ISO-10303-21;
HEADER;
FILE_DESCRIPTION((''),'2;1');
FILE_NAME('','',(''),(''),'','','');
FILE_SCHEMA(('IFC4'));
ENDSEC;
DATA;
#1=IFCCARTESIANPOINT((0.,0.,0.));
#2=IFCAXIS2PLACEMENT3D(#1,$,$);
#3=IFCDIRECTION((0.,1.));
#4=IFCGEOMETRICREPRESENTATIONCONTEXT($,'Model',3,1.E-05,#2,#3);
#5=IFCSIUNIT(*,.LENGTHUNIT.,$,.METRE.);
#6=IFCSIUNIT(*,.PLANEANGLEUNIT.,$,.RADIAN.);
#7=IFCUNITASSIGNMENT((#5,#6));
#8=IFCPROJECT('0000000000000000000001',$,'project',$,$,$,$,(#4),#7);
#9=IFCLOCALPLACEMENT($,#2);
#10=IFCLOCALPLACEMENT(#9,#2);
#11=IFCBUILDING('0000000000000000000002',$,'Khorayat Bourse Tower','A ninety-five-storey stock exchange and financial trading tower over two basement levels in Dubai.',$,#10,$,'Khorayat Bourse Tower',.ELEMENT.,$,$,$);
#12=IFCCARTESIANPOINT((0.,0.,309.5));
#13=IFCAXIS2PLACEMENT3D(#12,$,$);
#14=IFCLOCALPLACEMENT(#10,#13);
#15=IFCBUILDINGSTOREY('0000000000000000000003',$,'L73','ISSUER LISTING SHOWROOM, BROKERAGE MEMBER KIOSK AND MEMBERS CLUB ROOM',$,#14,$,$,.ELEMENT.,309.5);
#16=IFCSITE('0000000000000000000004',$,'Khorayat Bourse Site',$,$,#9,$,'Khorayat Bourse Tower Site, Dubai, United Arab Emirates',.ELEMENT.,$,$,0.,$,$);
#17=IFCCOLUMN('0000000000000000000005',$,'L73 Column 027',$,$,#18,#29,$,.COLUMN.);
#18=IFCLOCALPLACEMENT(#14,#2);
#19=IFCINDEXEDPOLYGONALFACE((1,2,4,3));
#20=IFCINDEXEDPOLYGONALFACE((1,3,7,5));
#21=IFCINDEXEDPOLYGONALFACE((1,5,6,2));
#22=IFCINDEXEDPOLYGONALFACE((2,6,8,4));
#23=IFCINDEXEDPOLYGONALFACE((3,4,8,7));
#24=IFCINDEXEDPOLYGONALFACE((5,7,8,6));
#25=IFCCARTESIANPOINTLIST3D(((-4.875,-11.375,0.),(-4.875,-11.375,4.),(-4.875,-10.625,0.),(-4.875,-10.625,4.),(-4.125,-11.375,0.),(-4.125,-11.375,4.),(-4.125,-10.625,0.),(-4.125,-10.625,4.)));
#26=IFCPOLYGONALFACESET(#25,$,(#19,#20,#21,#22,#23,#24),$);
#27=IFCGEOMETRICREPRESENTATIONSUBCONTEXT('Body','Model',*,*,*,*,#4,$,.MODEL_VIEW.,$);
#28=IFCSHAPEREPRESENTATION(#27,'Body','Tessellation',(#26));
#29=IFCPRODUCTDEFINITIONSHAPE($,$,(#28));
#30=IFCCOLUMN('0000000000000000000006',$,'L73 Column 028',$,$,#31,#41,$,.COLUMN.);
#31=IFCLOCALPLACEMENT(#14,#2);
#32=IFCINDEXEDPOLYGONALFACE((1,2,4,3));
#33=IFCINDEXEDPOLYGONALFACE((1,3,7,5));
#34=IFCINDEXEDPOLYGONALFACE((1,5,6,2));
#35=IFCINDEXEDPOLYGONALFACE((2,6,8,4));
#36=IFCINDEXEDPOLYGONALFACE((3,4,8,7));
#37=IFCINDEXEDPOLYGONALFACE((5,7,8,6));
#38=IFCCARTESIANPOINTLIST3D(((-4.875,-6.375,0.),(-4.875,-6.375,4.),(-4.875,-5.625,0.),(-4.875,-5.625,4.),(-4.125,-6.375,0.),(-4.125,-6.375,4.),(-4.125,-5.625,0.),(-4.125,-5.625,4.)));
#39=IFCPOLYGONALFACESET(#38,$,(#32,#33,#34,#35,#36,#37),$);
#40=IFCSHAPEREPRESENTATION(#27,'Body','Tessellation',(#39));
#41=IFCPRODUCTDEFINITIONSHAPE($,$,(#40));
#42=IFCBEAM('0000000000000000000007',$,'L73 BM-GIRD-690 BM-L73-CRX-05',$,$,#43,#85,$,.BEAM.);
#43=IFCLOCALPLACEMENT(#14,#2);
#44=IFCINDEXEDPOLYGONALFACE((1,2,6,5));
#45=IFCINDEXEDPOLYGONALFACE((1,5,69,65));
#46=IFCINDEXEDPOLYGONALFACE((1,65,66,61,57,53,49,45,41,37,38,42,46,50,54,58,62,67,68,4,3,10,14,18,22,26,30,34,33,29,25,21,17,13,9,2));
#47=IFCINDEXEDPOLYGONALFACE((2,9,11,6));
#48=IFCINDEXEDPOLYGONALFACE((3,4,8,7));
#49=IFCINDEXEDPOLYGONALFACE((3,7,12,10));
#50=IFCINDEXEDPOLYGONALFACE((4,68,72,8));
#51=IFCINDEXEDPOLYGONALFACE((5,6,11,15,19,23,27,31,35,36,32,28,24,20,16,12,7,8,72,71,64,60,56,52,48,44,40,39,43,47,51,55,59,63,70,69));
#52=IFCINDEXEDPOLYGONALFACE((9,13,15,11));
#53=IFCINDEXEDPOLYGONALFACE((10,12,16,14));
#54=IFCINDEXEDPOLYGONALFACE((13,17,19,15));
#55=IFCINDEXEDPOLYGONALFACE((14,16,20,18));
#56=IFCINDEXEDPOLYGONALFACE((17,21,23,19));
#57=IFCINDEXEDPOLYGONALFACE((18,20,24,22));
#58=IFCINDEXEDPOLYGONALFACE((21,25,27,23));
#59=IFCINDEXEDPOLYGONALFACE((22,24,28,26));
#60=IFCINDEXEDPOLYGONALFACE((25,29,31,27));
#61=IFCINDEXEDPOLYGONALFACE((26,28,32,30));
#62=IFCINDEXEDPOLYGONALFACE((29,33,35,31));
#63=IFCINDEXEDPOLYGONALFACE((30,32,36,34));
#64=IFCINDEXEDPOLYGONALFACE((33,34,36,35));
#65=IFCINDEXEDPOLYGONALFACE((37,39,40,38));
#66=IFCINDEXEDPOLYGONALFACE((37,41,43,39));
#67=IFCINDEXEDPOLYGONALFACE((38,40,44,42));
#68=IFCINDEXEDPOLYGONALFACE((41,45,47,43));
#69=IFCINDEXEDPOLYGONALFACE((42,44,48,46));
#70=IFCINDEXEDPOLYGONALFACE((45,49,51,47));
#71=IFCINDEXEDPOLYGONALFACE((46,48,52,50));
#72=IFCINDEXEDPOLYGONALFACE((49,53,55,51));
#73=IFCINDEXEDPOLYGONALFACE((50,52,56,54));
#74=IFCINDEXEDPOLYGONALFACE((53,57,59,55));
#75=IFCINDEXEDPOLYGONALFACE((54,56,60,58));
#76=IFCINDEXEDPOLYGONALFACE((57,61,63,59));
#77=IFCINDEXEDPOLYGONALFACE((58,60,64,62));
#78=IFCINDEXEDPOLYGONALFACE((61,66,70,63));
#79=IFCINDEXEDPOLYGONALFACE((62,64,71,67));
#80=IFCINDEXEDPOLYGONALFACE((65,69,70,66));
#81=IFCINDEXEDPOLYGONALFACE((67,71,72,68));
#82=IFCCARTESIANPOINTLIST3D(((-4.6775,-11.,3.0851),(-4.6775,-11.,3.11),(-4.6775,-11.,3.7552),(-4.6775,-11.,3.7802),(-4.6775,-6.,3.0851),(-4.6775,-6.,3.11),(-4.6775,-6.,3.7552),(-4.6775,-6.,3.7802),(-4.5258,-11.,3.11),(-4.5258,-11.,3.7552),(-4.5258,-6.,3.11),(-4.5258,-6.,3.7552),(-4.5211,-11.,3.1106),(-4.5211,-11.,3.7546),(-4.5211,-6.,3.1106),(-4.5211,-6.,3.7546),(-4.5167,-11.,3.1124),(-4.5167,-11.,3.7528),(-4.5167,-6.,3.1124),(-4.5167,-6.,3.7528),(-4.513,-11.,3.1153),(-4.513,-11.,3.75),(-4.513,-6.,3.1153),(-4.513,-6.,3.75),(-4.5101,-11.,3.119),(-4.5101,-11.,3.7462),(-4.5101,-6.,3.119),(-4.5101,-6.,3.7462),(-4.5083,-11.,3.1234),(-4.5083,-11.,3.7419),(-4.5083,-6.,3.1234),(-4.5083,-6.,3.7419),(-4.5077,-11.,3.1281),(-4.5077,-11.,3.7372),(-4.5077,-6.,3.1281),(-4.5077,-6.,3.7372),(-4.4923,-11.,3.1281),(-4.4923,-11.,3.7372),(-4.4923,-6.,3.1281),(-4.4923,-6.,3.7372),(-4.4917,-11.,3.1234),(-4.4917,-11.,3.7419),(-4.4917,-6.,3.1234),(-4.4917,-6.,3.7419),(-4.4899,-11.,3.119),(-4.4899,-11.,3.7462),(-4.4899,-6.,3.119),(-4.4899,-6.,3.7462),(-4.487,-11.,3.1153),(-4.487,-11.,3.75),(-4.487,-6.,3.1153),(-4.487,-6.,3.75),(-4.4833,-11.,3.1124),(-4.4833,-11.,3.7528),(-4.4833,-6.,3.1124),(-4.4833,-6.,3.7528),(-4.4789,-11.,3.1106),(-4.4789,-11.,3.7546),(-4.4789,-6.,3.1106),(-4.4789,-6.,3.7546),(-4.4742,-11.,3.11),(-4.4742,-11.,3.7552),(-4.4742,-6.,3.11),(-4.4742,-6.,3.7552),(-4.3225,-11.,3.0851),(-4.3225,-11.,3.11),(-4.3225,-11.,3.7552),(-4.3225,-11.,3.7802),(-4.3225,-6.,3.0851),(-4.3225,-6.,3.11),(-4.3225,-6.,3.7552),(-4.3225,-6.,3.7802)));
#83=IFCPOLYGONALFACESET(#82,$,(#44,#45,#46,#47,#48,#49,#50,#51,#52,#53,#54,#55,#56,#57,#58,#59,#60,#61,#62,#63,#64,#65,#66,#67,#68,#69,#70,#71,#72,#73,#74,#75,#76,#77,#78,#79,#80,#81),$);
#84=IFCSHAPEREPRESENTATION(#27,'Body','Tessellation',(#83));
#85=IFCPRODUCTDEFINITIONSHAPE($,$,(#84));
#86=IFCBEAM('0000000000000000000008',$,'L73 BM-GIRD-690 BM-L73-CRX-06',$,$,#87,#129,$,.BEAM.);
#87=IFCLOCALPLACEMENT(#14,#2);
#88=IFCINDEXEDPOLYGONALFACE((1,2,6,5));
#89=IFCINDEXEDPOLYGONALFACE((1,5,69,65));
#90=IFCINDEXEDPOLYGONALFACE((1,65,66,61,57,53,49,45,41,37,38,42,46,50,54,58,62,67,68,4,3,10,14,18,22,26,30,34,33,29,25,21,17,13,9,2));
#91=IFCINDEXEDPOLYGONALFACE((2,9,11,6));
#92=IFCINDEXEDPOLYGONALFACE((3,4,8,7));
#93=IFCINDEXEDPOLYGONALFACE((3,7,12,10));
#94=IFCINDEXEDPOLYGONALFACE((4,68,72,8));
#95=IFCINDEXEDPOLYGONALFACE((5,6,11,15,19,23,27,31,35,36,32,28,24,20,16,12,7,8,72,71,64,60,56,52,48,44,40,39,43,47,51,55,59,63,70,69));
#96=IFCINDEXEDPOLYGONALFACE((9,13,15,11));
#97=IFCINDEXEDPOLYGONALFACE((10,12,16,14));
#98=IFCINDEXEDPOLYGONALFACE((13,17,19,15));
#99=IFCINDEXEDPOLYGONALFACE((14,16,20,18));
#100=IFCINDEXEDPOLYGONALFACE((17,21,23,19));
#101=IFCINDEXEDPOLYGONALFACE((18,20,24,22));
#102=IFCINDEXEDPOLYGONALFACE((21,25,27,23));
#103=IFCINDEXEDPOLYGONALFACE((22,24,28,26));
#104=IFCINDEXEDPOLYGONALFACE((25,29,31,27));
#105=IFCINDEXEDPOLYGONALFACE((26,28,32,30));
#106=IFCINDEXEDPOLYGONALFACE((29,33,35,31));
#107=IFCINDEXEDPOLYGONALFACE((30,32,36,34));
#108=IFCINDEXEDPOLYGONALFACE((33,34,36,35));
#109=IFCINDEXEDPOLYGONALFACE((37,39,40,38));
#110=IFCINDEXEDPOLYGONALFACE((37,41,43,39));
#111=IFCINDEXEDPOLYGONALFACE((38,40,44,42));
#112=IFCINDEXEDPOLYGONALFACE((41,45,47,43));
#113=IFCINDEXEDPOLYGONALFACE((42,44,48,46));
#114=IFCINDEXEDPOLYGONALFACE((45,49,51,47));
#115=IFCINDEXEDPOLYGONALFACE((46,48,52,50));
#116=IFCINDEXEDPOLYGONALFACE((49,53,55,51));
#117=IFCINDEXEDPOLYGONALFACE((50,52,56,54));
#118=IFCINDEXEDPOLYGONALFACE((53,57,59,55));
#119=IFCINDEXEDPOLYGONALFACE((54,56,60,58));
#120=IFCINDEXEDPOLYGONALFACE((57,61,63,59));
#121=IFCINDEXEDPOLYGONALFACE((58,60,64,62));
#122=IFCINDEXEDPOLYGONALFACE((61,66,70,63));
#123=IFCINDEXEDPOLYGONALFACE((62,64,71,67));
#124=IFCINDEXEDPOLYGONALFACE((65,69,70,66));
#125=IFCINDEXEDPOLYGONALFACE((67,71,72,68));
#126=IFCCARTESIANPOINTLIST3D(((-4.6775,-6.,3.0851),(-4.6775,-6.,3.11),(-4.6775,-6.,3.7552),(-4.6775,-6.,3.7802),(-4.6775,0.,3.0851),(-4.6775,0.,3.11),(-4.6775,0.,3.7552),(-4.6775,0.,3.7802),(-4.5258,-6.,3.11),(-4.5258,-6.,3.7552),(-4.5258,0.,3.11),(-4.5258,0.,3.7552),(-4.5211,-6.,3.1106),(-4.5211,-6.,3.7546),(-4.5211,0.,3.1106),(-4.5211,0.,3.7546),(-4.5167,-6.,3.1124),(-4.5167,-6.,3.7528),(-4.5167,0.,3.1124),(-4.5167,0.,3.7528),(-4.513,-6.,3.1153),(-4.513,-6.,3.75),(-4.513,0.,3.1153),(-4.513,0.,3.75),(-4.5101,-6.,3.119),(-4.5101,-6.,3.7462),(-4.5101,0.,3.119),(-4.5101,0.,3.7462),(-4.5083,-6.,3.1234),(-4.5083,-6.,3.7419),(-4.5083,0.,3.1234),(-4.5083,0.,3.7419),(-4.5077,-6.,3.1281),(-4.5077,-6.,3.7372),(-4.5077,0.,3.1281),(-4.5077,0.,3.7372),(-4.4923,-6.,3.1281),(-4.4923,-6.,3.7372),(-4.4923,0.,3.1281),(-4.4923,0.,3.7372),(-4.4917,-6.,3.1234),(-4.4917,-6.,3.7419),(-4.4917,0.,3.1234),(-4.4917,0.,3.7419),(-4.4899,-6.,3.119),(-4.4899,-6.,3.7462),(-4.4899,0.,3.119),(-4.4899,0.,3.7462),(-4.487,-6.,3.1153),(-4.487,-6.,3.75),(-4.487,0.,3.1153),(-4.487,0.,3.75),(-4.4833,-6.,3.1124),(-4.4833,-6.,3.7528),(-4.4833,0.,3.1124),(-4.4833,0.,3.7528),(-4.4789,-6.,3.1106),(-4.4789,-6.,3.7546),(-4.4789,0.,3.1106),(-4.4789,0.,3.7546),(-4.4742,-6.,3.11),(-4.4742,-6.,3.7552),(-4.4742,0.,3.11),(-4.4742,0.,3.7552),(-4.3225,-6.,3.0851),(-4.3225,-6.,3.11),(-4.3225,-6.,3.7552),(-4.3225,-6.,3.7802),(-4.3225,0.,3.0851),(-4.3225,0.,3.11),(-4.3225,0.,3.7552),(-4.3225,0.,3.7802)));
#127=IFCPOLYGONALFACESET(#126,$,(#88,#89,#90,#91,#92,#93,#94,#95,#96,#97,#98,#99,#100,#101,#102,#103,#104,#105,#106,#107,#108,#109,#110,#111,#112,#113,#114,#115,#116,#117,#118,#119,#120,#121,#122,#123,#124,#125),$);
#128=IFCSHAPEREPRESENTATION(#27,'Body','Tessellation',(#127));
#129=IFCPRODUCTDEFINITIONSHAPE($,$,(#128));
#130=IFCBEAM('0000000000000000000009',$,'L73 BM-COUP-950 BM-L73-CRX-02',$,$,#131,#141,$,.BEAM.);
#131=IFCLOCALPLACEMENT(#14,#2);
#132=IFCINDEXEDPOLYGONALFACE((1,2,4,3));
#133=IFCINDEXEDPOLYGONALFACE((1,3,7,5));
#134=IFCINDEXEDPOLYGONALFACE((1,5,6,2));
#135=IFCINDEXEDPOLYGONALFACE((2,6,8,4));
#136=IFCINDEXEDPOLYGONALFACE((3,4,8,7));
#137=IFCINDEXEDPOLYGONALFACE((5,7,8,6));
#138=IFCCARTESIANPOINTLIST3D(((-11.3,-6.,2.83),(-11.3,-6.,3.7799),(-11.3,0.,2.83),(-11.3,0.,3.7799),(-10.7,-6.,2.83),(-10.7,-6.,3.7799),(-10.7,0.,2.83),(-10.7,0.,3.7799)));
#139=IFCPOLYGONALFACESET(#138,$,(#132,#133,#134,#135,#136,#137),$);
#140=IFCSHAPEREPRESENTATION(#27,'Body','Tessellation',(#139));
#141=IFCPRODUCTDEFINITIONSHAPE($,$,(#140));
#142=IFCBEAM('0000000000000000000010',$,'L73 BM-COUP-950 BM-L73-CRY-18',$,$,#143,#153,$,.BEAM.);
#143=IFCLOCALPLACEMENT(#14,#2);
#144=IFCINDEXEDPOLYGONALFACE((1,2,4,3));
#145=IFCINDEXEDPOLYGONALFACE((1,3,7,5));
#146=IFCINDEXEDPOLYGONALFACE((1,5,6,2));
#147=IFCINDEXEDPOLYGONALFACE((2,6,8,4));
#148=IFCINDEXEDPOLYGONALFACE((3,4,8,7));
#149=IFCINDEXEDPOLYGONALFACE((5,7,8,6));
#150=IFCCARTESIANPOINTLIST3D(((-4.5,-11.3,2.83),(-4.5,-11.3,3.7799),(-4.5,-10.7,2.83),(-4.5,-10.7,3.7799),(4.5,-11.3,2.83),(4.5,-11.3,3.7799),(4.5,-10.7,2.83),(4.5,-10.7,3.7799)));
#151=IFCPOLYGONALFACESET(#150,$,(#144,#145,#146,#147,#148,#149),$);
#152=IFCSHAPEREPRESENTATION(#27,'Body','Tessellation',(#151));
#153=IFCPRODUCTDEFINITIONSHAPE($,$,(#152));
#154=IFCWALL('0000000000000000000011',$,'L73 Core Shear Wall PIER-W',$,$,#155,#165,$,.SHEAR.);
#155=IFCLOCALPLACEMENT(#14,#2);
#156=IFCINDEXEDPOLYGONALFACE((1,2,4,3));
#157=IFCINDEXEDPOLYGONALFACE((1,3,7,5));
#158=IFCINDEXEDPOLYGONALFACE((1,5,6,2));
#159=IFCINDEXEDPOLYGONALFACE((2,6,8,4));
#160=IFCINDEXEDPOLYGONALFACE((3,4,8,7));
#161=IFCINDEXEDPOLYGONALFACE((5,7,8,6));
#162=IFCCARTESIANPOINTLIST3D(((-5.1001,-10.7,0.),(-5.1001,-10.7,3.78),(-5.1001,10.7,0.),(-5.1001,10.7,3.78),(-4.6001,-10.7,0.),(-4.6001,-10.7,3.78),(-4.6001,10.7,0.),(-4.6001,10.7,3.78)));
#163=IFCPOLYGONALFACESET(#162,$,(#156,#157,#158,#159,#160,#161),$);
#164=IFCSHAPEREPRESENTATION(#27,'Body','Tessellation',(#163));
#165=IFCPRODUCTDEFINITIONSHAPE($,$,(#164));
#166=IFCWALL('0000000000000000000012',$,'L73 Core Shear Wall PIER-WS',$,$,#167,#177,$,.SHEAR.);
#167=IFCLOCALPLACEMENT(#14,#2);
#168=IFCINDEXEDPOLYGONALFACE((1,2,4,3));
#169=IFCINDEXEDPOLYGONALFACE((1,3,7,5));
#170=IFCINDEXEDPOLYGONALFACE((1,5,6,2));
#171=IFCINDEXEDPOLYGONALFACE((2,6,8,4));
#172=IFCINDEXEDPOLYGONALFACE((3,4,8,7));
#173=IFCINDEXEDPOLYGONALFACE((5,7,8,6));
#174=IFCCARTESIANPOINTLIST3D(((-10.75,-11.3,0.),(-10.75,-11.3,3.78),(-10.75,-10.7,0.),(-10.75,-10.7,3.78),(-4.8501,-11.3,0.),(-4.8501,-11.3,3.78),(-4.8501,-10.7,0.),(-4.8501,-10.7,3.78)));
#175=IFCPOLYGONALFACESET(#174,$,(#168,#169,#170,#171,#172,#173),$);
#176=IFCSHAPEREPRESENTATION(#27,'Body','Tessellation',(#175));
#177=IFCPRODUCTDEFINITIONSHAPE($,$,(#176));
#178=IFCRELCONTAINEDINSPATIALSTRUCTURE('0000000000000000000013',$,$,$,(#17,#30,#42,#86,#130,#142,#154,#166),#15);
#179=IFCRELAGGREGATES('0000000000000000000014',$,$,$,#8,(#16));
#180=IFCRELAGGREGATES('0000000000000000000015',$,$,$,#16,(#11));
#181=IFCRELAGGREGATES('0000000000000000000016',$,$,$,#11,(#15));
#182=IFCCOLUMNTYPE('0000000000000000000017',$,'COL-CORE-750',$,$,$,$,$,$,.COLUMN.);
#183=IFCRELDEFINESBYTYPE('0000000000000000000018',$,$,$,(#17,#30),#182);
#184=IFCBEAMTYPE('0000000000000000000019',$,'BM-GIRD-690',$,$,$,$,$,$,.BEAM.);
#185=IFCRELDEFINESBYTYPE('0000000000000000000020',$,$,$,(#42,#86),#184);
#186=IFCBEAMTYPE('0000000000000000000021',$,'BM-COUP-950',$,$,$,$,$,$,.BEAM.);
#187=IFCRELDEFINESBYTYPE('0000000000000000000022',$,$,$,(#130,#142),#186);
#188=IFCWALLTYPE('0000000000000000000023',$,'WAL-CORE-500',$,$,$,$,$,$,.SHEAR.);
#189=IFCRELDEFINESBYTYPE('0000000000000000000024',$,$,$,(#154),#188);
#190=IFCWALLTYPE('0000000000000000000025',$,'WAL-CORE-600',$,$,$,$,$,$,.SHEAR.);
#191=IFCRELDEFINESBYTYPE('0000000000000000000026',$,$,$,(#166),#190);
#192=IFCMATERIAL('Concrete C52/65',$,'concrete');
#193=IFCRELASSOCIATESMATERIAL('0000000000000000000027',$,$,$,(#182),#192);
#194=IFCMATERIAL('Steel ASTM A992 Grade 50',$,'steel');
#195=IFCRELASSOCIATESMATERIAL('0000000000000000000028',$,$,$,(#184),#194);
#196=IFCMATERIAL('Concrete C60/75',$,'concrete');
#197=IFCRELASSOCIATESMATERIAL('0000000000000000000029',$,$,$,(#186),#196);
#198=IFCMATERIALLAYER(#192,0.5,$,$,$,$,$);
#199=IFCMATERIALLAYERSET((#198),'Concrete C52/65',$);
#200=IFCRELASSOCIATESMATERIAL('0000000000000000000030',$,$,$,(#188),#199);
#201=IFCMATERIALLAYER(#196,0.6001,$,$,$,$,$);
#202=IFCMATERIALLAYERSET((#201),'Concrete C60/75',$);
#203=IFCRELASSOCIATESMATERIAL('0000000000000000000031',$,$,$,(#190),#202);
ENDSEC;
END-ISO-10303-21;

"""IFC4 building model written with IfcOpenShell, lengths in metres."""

from ifc_helpers import new_model, si_unit, direction, frame, frame_2d, origin, origin_2d, place, context, subcontext, project, spatial, rectangle, i_section, extrude, source, transform, mapped, material, layer, layer_set, material_profile, profile_set, type_object, element, save


model = new_model("IFC4")

# Units and contexts
model_context = context("Model", 3, precision=1e-05, world=origin(), true_north=direction((0.0, 1.0)))
body_context = subcontext(model_context, "Body", "Model", "MODEL_VIEW")
ifc_project = project(units=[si_unit("LENGTHUNIT", "METRE"), si_unit("PLANEANGLEUNIT", "RADIAN")], contexts=[model_context])

# Site, building, storey
site_placement = place(None, origin())
site = spatial("IfcSite", under=ifc_project, at=site_placement, Name="Khorayat Bourse Site", LongName="Khorayat Bourse Tower Site, Dubai, United Arab Emirates", CompositionType="ELEMENT", RefElevation=0.0)
building_placement = place(site_placement, origin())
building = spatial("IfcBuilding", under=site, at=building_placement, Name="Khorayat Bourse Tower", Description="A ninety-five-storey stock exchange and financial trading tower over two basement levels in Dubai.", LongName="Khorayat Bourse Tower", CompositionType="ELEMENT")
storey_placement = place(building_placement, frame((0.0, 0.0, 309.5)))
storey = spatial("IfcBuildingStorey", under=building, at=storey_placement, Name="L73", Description="ISSUER LISTING SHOWROOM, BROKERAGE MEMBER KIOSK AND MEMBERS CLUB ROOM", CompositionType="ELEMENT", Elevation=309.5)

# Columns
ifc_material_1 = material(Name="Concrete C52/65", Category="concrete")
ifc_material_profile_1 = material_profile(ifc_material_1, rectangle(XDim=0.75, YDim=0.75, at=origin_2d()), Name="RC 750x750")
ifc_profile_set_1 = profile_set([ifc_material_profile_1], Name="Concrete C52/65")
column_type = type_object("IfcColumnType", Name="COL-CORE-750", PredefinedType="COLUMN", material=ifc_profile_set_1)
shared_shape_1 = source(origin(), body_context, "Body", "SweptSolid", [
    extrude(rectangle(XDim=0.75, YDim=0.75, at=origin_2d()), origin(), (0.0, 0.0, 1.0), 4.0),
])
for number, where, z_axis, x_axis, name in (
    (1, (-4.5, -11.0, 0.0), (0.0, 0.0, 1.0), (1.0, 0.0, 0.0), "L73 Column 027"),
    (2, (-4.5, -6.0, 0.0), (0.0, 0.0, 1.0), (1.0, 0.0, 0.0), "L73 Column 028"),
):
    element("IfcColumn", number, at=place(storey_placement, frame(where, z_axis=z_axis, x_axis=x_axis)), inside=storey, type_object=column_type, Name=name, PredefinedType="COLUMN", context=body_context, shape_type="MappedRepresentation", body=[
        mapped(shared_shape_1, transform((0.0, 0.0, 0.0), scale=1.0)),
    ])

# Beams
ifc_material_2 = material(Name="Steel ASTM A992 Grade 50", Category="steel")
ifc_material_profile_2 = material_profile(ifc_material_2, i_section(OverallWidth=0.355, OverallDepth=0.6951, WebThickness=0.0154, FlangeThickness=0.0249, FilletRadius=0.0181, at=origin_2d()), Name="W690X217")
ifc_profile_set_2 = profile_set([ifc_material_profile_2], Name="Steel ASTM A992 Grade 50")
beam_type_1 = type_object("IfcBeamType", Name="BM-GIRD-690", PredefinedType="BEAM", material=ifc_profile_set_2)
shared_shape_2 = source(origin(), body_context, "Body", "SweptSolid", [
    extrude(i_section(OverallWidth=0.355, OverallDepth=0.6951, WebThickness=0.0154, FlangeThickness=0.0249, FilletRadius=0.0181, at=origin_2d()), origin(), (0.0, 0.0, 1.0), 5.0),
])
beam_1_placement = place(storey_placement, frame((-4.5, -11.0, 3.4326), z_axis=(0.0, 1.0, 0.0), x_axis=(-1.0, 0.0, 0.0)))
element("IfcBeam", 3, at=beam_1_placement, inside=storey, type_object=beam_type_1, Name="L73 BM-GIRD-690 BM-L73-CRX-05", PredefinedType="BEAM", context=body_context, shape_type="MappedRepresentation", body=[
    mapped(shared_shape_2, transform((0.0, 0.0, 0.0), scale=1.0)),
])
shared_shape_3 = source(origin(), body_context, "Body", "SweptSolid", [
    extrude(i_section(OverallWidth=0.355, OverallDepth=0.6951, WebThickness=0.0154, FlangeThickness=0.0249, FilletRadius=0.0181, at=origin_2d()), origin(), (0.0, 0.0, 1.0), 6.0),
])
beam_2_placement = place(storey_placement, frame((-4.5, -6.0, 3.4326), z_axis=(0.0, 1.0, 0.0), x_axis=(-1.0, 0.0, 0.0)))
element("IfcBeam", 4, at=beam_2_placement, inside=storey, type_object=beam_type_1, Name="L73 BM-GIRD-690 BM-L73-CRX-06", PredefinedType="BEAM", context=body_context, shape_type="MappedRepresentation", body=[
    mapped(shared_shape_3, transform((0.0, 0.0, 0.0), scale=1.0)),
])
ifc_material_3 = material(Name="Concrete C60/75", Category="concrete")
ifc_material_profile_3 = material_profile(ifc_material_3, rectangle(XDim=0.6001, YDim=0.95, at=origin_2d()), Name="RC 600x950")
ifc_profile_set_3 = profile_set([ifc_material_profile_3], Name="Concrete C60/75")
beam_type_2 = type_object("IfcBeamType", Name="BM-COUP-950", PredefinedType="BEAM", material=ifc_profile_set_3)
shared_shape_4 = source(origin(), body_context, "Body", "SweptSolid", [
    extrude(rectangle(XDim=0.6001, YDim=0.95, at=origin_2d()), origin(), (0.0, 0.0, 1.0), 6.0),
])
beam_3_placement = place(storey_placement, frame((-11.0, -6.0, 3.3049), z_axis=(0.0, 1.0, 0.0), x_axis=(-1.0, 0.0, 0.0)))
element("IfcBeam", 5, at=beam_3_placement, inside=storey, type_object=beam_type_2, Name="L73 BM-COUP-950 BM-L73-CRX-02", PredefinedType="BEAM", context=body_context, shape_type="MappedRepresentation", body=[
    mapped(shared_shape_4, transform((0.0, 0.0, 0.0), scale=1.0)),
])
shared_shape_5 = source(origin(), body_context, "Body", "SweptSolid", [
    extrude(rectangle(XDim=0.6001, YDim=0.95, at=origin_2d()), origin(), (0.0, 0.0, 1.0), 9.0),
])
beam_4_placement = place(storey_placement, frame((-4.5, -11.0, 3.3049), z_axis=(1.0, 0.0, 0.0), x_axis=(0.0, 1.0, 0.0)))
element("IfcBeam", 6, at=beam_4_placement, inside=storey, type_object=beam_type_2, Name="L73 BM-COUP-950 BM-L73-CRY-18", PredefinedType="BEAM", context=body_context, shape_type="MappedRepresentation", body=[
    mapped(shared_shape_5, transform((0.0, 0.0, 0.0), scale=1.0)),
])

# Walls
ifc_layer_1 = layer(ifc_material_1, 0.5)
ifc_layer_set_1 = layer_set([ifc_layer_1], Name="Concrete C52/65")
wall_type_1 = type_object("IfcWallType", Name="WAL-CORE-500", PredefinedType="SHEAR", material=ifc_layer_set_1)
shared_shape_6 = source(origin(), body_context, "Body", "SweptSolid", [
    extrude(rectangle(XDim=21.3999, YDim=0.5, at=frame_2d((10.7, 0.0))), origin(), (0.0, 0.0, 1.0), 3.78),
])
wall_1_placement = place(storey_placement, frame((-4.8501, -10.7, 0.0), z_axis=(0.0, 0.0, 1.0), x_axis=(0.0, 1.0, 0.0)))
element("IfcWall", 7, at=wall_1_placement, inside=storey, type_object=wall_type_1, Name="L73 Core Shear Wall PIER-W", PredefinedType="SHEAR", context=body_context, shape_type="MappedRepresentation", body=[
    mapped(shared_shape_6, transform((0.0, 0.0, 0.0), scale=1.0)),
])
ifc_layer_2 = layer(ifc_material_3, 0.6001)
ifc_layer_set_2 = layer_set([ifc_layer_2], Name="Concrete C60/75")
wall_type_2 = type_object("IfcWallType", Name="WAL-CORE-600", PredefinedType="SHEAR", material=ifc_layer_set_2)
shared_shape_7 = source(origin(), body_context, "Body", "SweptSolid", [
    extrude(rectangle(XDim=5.8999, YDim=0.6001, at=frame_2d((2.95, 0.0))), origin(), (0.0, 0.0, 1.0), 3.78),
])
wall_2_placement = place(storey_placement, frame((-10.75, -11.0, 0.0), z_axis=(0.0, 0.0, 1.0), x_axis=(1.0, 0.0, 0.0)))
element("IfcWall", 8, at=wall_2_placement, inside=storey, type_object=wall_type_2, Name="L73 Core Shear Wall PIER-WS", PredefinedType="SHEAR", context=body_context, shape_type="MappedRepresentation", body=[
    mapped(shared_shape_7, transform((0.0, 0.0, 0.0), scale=1.0)),
])

save(model, "model.ifc")
